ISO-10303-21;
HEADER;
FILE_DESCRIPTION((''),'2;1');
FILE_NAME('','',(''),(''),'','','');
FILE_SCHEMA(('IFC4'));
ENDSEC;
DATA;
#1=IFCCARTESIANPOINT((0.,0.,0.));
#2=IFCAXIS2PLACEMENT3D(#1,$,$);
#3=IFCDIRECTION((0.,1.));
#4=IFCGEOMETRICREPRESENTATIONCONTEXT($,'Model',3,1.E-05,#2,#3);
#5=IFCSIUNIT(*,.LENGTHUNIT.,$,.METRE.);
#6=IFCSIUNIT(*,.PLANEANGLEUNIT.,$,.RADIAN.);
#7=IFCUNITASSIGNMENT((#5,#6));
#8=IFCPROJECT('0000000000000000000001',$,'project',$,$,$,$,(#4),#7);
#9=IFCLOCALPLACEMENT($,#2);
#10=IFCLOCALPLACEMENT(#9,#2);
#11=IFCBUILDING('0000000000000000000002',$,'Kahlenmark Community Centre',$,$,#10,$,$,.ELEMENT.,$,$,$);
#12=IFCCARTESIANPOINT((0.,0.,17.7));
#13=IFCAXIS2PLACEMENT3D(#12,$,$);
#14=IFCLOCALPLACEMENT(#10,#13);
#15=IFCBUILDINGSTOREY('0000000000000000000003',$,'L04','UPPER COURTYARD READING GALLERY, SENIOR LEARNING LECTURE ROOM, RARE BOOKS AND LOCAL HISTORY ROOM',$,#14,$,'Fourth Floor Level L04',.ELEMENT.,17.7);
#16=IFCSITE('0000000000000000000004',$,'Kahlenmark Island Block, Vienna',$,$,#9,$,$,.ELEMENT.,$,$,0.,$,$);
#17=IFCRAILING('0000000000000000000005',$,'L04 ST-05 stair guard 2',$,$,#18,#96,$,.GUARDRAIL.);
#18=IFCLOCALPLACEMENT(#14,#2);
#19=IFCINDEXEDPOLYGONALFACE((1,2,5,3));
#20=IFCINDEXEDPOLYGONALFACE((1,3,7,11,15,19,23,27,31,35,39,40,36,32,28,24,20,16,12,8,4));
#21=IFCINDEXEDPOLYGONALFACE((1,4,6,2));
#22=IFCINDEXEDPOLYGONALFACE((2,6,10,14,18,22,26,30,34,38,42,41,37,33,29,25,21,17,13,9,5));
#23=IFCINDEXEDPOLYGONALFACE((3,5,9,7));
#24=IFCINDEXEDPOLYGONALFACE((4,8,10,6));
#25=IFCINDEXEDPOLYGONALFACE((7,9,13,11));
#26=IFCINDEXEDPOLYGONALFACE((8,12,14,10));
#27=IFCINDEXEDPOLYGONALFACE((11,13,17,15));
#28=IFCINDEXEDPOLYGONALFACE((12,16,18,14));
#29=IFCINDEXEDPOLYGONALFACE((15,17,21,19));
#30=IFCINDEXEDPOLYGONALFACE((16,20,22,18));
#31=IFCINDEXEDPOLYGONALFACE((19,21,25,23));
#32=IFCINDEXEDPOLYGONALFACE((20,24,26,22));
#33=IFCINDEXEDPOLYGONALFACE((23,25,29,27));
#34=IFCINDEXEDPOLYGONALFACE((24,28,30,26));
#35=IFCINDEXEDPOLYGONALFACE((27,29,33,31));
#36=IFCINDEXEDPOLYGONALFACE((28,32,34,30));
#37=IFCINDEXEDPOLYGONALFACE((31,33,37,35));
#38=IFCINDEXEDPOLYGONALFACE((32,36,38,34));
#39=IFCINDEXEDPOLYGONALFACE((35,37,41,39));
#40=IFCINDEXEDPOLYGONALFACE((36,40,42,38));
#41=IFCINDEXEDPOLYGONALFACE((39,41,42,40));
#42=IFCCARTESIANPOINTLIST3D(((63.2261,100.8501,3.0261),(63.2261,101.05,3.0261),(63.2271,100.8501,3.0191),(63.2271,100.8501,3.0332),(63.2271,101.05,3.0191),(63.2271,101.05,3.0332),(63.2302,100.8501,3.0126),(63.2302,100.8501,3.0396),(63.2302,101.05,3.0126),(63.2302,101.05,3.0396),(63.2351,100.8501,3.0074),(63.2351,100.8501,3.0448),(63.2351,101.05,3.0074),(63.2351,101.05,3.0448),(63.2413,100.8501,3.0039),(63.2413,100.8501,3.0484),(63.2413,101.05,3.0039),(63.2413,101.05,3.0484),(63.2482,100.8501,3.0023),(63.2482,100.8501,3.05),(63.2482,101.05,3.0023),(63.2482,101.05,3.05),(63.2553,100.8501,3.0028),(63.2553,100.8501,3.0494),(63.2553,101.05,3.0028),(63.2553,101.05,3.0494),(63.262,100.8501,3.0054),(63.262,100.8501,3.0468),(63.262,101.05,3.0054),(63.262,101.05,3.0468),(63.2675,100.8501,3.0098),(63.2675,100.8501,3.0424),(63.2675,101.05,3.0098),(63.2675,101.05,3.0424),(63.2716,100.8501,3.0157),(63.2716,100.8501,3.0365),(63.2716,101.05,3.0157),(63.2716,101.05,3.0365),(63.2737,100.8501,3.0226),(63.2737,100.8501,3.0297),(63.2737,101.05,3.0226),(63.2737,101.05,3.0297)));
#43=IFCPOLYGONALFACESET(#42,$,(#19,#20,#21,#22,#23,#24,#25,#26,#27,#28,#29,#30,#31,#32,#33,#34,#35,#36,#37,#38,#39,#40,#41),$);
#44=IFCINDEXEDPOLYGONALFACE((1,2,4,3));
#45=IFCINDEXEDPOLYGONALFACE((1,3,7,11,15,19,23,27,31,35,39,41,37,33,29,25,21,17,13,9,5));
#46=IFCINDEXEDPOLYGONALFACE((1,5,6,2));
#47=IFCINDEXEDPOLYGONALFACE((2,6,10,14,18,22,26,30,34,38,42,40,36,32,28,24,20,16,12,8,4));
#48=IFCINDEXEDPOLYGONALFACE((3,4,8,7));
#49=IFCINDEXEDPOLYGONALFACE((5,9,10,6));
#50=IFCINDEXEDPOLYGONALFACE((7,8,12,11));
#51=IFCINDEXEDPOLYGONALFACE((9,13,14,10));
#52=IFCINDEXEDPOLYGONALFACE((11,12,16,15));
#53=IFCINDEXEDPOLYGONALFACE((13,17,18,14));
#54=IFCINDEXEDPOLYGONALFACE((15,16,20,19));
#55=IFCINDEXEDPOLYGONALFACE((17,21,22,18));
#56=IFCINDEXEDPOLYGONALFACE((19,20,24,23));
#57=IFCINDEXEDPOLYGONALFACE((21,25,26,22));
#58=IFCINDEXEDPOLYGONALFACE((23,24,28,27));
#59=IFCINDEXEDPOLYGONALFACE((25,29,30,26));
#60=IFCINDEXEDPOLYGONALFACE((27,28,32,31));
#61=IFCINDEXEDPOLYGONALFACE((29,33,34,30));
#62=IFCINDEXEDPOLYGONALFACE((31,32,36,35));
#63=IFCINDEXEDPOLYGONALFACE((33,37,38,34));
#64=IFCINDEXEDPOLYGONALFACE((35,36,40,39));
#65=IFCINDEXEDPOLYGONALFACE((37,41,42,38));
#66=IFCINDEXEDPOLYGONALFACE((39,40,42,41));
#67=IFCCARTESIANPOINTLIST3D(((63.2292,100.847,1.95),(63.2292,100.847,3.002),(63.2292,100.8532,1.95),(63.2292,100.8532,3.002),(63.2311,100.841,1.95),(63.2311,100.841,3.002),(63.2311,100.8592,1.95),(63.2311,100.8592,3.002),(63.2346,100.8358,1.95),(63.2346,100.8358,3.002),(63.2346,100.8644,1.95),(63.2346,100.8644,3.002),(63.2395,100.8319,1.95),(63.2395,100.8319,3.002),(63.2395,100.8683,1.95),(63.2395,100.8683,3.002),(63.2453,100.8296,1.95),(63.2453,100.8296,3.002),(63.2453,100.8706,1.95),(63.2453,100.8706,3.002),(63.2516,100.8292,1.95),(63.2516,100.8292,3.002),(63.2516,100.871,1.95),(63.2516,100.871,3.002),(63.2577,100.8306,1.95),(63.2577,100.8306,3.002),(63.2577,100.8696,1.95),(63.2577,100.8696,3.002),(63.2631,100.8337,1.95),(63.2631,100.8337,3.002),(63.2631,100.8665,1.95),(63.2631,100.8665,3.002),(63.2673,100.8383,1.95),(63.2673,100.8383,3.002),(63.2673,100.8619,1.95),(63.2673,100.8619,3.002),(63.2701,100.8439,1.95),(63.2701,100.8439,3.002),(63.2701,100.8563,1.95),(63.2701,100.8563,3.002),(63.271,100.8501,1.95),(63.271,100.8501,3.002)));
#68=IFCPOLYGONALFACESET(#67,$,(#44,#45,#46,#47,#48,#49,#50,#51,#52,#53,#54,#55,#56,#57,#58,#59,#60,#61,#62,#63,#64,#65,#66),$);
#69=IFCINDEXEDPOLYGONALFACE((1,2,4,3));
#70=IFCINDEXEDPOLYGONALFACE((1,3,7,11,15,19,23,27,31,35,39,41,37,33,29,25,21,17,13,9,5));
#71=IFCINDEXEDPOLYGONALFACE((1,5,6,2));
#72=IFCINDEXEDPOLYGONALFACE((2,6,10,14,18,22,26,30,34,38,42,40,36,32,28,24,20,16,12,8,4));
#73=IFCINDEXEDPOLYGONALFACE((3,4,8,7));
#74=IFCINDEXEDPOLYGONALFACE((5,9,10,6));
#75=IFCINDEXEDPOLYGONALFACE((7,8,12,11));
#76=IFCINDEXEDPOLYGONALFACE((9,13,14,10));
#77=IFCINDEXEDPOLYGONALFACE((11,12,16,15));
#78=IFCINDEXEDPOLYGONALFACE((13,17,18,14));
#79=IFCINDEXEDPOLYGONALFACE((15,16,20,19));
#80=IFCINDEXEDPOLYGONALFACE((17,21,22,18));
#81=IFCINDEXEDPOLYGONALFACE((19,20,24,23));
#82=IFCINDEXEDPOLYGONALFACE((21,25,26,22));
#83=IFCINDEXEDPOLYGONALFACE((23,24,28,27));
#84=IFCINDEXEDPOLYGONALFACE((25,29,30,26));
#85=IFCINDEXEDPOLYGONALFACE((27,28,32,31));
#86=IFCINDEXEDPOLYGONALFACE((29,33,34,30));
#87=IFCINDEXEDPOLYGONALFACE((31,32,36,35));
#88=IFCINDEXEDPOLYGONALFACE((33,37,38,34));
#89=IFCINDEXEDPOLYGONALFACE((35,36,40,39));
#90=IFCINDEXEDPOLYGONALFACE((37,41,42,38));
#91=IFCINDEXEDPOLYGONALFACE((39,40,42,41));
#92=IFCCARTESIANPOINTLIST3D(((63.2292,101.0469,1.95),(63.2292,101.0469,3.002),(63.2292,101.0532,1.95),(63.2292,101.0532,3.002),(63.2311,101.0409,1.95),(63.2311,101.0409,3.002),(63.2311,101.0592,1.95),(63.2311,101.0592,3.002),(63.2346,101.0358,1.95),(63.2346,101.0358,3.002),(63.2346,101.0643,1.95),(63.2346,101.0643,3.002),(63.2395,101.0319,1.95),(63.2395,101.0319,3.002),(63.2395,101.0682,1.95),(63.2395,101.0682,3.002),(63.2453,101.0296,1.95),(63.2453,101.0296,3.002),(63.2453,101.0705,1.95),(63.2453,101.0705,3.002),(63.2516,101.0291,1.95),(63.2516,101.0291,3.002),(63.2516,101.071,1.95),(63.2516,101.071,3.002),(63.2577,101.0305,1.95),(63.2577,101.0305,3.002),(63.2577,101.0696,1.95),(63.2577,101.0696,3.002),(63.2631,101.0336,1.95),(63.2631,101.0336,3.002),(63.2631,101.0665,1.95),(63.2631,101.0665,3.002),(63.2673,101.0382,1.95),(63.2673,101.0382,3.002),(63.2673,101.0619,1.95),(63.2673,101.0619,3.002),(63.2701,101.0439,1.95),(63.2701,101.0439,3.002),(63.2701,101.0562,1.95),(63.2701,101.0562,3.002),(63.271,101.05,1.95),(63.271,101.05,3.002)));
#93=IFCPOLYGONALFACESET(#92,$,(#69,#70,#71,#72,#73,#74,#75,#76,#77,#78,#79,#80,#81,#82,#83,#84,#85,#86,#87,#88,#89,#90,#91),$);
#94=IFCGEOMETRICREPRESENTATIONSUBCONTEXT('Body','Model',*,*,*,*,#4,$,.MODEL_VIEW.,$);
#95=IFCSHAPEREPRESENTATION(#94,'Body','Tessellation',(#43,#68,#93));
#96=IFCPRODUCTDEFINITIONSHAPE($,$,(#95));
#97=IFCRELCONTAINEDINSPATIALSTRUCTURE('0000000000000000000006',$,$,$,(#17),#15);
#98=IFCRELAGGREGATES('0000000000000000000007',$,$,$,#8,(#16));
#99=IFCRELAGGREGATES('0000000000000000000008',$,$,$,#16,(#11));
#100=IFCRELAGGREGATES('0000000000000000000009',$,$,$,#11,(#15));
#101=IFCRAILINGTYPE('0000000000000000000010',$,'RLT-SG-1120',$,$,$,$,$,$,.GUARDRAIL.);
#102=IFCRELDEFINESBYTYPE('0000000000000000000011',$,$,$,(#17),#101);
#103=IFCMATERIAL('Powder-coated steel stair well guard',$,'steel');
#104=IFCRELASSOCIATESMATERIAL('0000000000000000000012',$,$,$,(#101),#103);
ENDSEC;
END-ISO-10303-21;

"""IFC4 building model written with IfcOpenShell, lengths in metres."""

from ifc_helpers import new_model, si_unit, direction, frame, origin, origin_2d, place, context, subcontext, project, spatial, circle, extrude, material, type_object, element, save


model = new_model("IFC4")

# Units and contexts
model_context = context("Model", 3, precision=1e-05, world=origin(), true_north=direction((0.0, 1.0)))
body_context = subcontext(model_context, "Body", "Model", "MODEL_VIEW")
ifc_project = project(units=[si_unit("LENGTHUNIT", "METRE"), si_unit("PLANEANGLEUNIT", "RADIAN")], contexts=[model_context])

# Site, building, storey
site_placement = place(None, origin())
site = spatial("IfcSite", under=ifc_project, at=site_placement, Name="Kahlenmark Island Block, Vienna", CompositionType="ELEMENT", RefElevation=0.0)
building_placement = place(site_placement, origin())
building = spatial("IfcBuilding", under=site, at=building_placement, Name="Kahlenmark Community Centre", CompositionType="ELEMENT")
storey_placement = place(building_placement, frame((0.0, 0.0, 17.7)))
storey = spatial("IfcBuildingStorey", under=building, at=storey_placement, Name="L04", Description="UPPER COURTYARD READING GALLERY, SENIOR LEARNING LECTURE ROOM, RARE BOOKS AND LOCAL HISTORY ROOM", LongName="Fourth Floor Level L04", CompositionType="ELEMENT", Elevation=17.7)

# Railing
ifc_material_1 = material(Name="Powder-coated steel stair well guard", Category="steel")
railing_type_1 = type_object("IfcRailingType", Name="RLT-SG-1120", PredefinedType="GUARDRAIL", material=ifc_material_1)
railing_1_placement = place(storey_placement, frame((63.25, 100.8501, 1.95)))
element("IfcRailing", 1, at=railing_1_placement, inside=storey, type_object=railing_type_1, Name="L04 ST-05 stair guard 2", PredefinedType="GUARDRAIL", context=body_context, shape_type="SweptSolid", body=[
    extrude(circle(Radius=0.0239, at=origin_2d()), frame((0.0, 0.0, 1.0762), z_axis=(0.0, 1.0, 0.0), x_axis=(-1.0, 0.0, 0.0)), (0.0, 0.0, 1.0), 0.2),
    extrude(circle(Radius=0.021, at=origin_2d()), origin(), (0.0, 0.0, 1.0), 1.052),
    extrude(circle(Radius=0.021, at=origin_2d()), frame((0.0, 0.2, 0.0)), (0.0, 0.0, 1.0), 1.052),
])

save(model, "model.ifc")
